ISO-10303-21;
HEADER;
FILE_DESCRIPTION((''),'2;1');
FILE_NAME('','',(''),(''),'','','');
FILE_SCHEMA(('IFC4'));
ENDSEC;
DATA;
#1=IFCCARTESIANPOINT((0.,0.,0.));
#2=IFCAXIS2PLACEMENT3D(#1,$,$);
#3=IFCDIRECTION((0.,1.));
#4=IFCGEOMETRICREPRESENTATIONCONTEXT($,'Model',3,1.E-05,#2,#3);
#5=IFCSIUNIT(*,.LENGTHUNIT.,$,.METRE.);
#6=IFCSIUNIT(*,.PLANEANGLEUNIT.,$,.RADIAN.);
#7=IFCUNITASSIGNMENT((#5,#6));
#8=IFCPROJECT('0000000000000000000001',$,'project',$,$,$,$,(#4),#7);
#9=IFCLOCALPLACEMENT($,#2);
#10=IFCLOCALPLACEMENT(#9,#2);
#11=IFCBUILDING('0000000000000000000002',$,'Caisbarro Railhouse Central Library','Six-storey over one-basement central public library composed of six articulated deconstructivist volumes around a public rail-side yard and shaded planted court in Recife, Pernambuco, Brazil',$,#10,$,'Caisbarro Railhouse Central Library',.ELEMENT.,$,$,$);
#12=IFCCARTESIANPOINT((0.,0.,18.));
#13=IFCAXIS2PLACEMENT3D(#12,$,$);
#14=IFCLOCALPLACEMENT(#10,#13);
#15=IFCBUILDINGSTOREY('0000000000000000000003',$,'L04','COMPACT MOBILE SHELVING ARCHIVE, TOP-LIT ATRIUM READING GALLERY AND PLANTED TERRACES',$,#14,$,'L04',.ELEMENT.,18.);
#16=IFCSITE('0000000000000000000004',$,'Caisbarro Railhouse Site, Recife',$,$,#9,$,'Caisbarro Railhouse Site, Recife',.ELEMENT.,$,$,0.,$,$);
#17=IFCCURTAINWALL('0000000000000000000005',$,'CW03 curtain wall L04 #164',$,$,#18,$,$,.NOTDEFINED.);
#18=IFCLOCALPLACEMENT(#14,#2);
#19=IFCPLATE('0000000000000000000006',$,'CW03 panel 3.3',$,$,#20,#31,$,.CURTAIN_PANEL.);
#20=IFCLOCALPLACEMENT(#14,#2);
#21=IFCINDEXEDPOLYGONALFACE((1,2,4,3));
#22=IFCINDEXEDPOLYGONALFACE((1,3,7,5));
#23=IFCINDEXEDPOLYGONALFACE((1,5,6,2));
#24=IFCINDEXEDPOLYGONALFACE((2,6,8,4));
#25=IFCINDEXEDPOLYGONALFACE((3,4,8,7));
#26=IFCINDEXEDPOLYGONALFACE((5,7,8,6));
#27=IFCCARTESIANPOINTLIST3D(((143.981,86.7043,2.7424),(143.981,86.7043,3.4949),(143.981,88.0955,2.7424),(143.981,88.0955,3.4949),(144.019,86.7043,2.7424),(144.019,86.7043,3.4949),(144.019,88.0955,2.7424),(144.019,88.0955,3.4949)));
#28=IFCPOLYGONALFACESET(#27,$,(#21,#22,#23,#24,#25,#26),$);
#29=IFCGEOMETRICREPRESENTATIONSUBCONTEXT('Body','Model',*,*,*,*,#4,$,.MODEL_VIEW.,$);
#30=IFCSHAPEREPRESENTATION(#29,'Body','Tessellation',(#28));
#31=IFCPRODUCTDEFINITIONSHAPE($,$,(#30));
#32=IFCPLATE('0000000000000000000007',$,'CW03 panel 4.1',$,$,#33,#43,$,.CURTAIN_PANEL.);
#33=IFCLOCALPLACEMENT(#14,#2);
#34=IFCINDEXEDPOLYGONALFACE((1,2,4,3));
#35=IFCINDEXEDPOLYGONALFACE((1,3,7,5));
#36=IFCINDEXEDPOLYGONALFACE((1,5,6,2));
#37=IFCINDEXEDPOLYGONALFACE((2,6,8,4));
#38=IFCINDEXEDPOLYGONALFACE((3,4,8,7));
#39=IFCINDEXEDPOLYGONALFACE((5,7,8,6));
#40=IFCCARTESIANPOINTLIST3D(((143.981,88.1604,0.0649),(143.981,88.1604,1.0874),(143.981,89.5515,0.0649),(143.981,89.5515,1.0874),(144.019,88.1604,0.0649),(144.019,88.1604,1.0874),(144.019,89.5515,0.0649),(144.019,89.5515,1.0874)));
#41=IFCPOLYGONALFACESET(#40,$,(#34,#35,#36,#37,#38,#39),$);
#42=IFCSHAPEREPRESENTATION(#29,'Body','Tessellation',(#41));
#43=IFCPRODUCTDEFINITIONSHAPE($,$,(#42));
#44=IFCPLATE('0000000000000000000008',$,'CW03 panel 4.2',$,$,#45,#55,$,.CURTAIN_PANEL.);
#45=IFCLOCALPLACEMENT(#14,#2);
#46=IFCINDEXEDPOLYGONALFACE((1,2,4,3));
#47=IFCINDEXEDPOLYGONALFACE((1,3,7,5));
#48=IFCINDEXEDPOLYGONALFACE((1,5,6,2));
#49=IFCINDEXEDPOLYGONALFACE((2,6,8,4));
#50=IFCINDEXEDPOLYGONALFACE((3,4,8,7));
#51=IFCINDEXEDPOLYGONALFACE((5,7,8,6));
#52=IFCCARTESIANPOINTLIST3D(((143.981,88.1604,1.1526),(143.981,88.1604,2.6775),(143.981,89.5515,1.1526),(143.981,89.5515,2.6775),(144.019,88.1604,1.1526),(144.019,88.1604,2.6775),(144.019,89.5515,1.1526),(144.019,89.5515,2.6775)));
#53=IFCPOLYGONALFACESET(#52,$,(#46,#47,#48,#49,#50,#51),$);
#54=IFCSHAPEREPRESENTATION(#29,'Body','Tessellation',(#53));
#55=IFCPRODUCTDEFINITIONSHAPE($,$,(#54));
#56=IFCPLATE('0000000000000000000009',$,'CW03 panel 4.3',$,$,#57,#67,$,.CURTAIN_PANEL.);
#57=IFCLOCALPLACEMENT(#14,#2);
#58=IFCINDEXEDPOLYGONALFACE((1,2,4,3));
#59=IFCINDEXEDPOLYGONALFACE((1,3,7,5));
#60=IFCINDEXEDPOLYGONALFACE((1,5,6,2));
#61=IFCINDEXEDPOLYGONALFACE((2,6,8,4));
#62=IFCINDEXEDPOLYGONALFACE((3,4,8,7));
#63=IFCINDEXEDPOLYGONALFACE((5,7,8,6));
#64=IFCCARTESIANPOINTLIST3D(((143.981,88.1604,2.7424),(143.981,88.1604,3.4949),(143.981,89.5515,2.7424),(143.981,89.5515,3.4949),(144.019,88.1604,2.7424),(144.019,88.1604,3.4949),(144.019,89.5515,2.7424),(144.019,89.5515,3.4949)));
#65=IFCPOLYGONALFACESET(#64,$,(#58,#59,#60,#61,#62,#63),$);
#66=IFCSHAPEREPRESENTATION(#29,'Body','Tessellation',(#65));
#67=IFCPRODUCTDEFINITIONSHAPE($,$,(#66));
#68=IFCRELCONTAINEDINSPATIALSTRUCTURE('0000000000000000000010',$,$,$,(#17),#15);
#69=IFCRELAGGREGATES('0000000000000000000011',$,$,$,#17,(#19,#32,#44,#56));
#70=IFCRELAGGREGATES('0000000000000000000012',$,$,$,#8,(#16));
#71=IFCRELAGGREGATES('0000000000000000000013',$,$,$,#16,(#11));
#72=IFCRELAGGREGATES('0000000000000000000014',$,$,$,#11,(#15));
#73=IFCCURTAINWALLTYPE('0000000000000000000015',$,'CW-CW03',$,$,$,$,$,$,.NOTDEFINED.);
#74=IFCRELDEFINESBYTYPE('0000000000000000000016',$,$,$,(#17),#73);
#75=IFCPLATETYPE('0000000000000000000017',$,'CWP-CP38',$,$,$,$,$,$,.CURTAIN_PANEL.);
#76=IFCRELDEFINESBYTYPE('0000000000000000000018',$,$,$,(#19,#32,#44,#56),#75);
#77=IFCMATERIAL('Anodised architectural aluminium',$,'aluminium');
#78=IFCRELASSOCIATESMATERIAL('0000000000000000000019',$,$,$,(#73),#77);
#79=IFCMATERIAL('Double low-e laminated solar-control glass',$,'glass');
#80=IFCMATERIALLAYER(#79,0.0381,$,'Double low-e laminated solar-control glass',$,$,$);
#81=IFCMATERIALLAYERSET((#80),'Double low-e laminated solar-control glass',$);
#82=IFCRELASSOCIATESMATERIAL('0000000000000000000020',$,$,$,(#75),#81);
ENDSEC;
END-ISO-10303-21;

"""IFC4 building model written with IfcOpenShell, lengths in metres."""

from ifc_helpers import new_model, si_unit, direction, frame, origin, origin_2d, place, context, subcontext, project, spatial, rectangle, extrude, material, layer, layer_set, type_object, element, aggregate, save


model = new_model("IFC4")

# Units and contexts
model_context = context("Model", 3, precision=1e-05, world=origin(), true_north=direction((0.0, 1.0)))
body_context = subcontext(model_context, "Body", "Model", "MODEL_VIEW")
ifc_project = project(units=[si_unit("LENGTHUNIT", "METRE"), si_unit("PLANEANGLEUNIT", "RADIAN")], contexts=[model_context])

# Site, building, storey
site_placement = place(None, origin())
site = spatial("IfcSite", under=ifc_project, at=site_placement, Name="Caisbarro Railhouse Site, Recife", LongName="Caisbarro Railhouse Site, Recife", CompositionType="ELEMENT", RefElevation=0.0)
building_placement = place(site_placement, origin())
building = spatial("IfcBuilding", under=site, at=building_placement, Name="Caisbarro Railhouse Central Library", Description="Six-storey over one-basement central public library composed of six articulated deconstructivist volumes around a public rail-side yard and shaded planted court in Recife, Pernambuco, Brazil", LongName="Caisbarro Railhouse Central Library", CompositionType="ELEMENT")
storey_placement = place(building_placement, frame((0.0, 0.0, 18.0)))
storey = spatial("IfcBuildingStorey", under=building, at=storey_placement, Name="L04", Description="COMPACT MOBILE SHELVING ARCHIVE, TOP-LIT ATRIUM READING GALLERY AND PLANTED TERRACES", LongName="L04", CompositionType="ELEMENT", Elevation=18.0)

# Curtain wall, plates
ifc_material_1 = material(Name="Anodised architectural aluminium", Category="aluminium")
curtain_wall_type = type_object("IfcCurtainWallType", Name="CW-CW03", PredefinedType="NOTDEFINED", material=ifc_material_1)
curtain_wall_placement = place(storey_placement, origin())
curtain_wall = element("IfcCurtainWall", 1, at=curtain_wall_placement, inside=storey, type_object=curtain_wall_type, Name="CW03 curtain wall L04 #164", PredefinedType="NOTDEFINED")
ifc_material_2 = material(Name="Double low-e laminated solar-control glass", Category="glass")
ifc_layer = layer(ifc_material_2, 0.0381, Name="Double low-e laminated solar-control glass")
ifc_layer_set = layer_set([ifc_layer], Name="Double low-e laminated solar-control glass")
plate_type = type_object("IfcPlateType", Name="CWP-CP38", PredefinedType="CURTAIN_PANEL", material=ifc_layer_set)
plate_1_placement = place(storey_placement, frame((144.0, 87.3999, 2.7424), z_axis=(0.0, 0.0, 1.0), x_axis=(0.0, 1.0, 0.0)))
plate_1 = element("IfcPlate", 2, at=plate_1_placement, type_object=plate_type, Name="CW03 panel 3.3", PredefinedType="CURTAIN_PANEL", context=body_context, shape_type="SweptSolid", body=[
    extrude(rectangle(XDim=1.3911, YDim=0.0381, at=origin_2d()), origin(), (0.0, 0.0, 1.0), 0.7524),
])
plate_2_placement = place(storey_placement, frame((144.0, 88.856, 0.0649), z_axis=(0.0, 0.0, 1.0), x_axis=(0.0, 1.0, 0.0)))
plate_2 = element("IfcPlate", 3, at=plate_2_placement, type_object=plate_type, Name="CW03 panel 4.1", PredefinedType="CURTAIN_PANEL", context=body_context, shape_type="SweptSolid", body=[
    extrude(rectangle(XDim=1.3911, YDim=0.0381, at=origin_2d()), origin(), (0.0, 0.0, 1.0), 1.0225),
])
plate_3_placement = place(storey_placement, frame((144.0, 88.856, 1.1526), z_axis=(0.0, 0.0, 1.0), x_axis=(0.0, 1.0, 0.0)))
plate_3 = element("IfcPlate", 4, at=plate_3_placement, type_object=plate_type, Name="CW03 panel 4.2", PredefinedType="CURTAIN_PANEL", context=body_context, shape_type="SweptSolid", body=[
    extrude(rectangle(XDim=1.3911, YDim=0.0381, at=origin_2d()), origin(), (0.0, 0.0, 1.0), 1.5249),
])
plate_4_placement = place(storey_placement, frame((144.0, 88.856, 2.7424), z_axis=(0.0, 0.0, 1.0), x_axis=(0.0, 1.0, 0.0)))
plate_4 = element("IfcPlate", 5, at=plate_4_placement, type_object=plate_type, Name="CW03 panel 4.3", PredefinedType="CURTAIN_PANEL", context=body_context, shape_type="SweptSolid", body=[
    extrude(rectangle(XDim=1.3911, YDim=0.0381, at=origin_2d()), origin(), (0.0, 0.0, 1.0), 0.7524),
])
aggregate(curtain_wall, [plate_1, plate_2, plate_3, plate_4])

save(model, "model.ifc")
